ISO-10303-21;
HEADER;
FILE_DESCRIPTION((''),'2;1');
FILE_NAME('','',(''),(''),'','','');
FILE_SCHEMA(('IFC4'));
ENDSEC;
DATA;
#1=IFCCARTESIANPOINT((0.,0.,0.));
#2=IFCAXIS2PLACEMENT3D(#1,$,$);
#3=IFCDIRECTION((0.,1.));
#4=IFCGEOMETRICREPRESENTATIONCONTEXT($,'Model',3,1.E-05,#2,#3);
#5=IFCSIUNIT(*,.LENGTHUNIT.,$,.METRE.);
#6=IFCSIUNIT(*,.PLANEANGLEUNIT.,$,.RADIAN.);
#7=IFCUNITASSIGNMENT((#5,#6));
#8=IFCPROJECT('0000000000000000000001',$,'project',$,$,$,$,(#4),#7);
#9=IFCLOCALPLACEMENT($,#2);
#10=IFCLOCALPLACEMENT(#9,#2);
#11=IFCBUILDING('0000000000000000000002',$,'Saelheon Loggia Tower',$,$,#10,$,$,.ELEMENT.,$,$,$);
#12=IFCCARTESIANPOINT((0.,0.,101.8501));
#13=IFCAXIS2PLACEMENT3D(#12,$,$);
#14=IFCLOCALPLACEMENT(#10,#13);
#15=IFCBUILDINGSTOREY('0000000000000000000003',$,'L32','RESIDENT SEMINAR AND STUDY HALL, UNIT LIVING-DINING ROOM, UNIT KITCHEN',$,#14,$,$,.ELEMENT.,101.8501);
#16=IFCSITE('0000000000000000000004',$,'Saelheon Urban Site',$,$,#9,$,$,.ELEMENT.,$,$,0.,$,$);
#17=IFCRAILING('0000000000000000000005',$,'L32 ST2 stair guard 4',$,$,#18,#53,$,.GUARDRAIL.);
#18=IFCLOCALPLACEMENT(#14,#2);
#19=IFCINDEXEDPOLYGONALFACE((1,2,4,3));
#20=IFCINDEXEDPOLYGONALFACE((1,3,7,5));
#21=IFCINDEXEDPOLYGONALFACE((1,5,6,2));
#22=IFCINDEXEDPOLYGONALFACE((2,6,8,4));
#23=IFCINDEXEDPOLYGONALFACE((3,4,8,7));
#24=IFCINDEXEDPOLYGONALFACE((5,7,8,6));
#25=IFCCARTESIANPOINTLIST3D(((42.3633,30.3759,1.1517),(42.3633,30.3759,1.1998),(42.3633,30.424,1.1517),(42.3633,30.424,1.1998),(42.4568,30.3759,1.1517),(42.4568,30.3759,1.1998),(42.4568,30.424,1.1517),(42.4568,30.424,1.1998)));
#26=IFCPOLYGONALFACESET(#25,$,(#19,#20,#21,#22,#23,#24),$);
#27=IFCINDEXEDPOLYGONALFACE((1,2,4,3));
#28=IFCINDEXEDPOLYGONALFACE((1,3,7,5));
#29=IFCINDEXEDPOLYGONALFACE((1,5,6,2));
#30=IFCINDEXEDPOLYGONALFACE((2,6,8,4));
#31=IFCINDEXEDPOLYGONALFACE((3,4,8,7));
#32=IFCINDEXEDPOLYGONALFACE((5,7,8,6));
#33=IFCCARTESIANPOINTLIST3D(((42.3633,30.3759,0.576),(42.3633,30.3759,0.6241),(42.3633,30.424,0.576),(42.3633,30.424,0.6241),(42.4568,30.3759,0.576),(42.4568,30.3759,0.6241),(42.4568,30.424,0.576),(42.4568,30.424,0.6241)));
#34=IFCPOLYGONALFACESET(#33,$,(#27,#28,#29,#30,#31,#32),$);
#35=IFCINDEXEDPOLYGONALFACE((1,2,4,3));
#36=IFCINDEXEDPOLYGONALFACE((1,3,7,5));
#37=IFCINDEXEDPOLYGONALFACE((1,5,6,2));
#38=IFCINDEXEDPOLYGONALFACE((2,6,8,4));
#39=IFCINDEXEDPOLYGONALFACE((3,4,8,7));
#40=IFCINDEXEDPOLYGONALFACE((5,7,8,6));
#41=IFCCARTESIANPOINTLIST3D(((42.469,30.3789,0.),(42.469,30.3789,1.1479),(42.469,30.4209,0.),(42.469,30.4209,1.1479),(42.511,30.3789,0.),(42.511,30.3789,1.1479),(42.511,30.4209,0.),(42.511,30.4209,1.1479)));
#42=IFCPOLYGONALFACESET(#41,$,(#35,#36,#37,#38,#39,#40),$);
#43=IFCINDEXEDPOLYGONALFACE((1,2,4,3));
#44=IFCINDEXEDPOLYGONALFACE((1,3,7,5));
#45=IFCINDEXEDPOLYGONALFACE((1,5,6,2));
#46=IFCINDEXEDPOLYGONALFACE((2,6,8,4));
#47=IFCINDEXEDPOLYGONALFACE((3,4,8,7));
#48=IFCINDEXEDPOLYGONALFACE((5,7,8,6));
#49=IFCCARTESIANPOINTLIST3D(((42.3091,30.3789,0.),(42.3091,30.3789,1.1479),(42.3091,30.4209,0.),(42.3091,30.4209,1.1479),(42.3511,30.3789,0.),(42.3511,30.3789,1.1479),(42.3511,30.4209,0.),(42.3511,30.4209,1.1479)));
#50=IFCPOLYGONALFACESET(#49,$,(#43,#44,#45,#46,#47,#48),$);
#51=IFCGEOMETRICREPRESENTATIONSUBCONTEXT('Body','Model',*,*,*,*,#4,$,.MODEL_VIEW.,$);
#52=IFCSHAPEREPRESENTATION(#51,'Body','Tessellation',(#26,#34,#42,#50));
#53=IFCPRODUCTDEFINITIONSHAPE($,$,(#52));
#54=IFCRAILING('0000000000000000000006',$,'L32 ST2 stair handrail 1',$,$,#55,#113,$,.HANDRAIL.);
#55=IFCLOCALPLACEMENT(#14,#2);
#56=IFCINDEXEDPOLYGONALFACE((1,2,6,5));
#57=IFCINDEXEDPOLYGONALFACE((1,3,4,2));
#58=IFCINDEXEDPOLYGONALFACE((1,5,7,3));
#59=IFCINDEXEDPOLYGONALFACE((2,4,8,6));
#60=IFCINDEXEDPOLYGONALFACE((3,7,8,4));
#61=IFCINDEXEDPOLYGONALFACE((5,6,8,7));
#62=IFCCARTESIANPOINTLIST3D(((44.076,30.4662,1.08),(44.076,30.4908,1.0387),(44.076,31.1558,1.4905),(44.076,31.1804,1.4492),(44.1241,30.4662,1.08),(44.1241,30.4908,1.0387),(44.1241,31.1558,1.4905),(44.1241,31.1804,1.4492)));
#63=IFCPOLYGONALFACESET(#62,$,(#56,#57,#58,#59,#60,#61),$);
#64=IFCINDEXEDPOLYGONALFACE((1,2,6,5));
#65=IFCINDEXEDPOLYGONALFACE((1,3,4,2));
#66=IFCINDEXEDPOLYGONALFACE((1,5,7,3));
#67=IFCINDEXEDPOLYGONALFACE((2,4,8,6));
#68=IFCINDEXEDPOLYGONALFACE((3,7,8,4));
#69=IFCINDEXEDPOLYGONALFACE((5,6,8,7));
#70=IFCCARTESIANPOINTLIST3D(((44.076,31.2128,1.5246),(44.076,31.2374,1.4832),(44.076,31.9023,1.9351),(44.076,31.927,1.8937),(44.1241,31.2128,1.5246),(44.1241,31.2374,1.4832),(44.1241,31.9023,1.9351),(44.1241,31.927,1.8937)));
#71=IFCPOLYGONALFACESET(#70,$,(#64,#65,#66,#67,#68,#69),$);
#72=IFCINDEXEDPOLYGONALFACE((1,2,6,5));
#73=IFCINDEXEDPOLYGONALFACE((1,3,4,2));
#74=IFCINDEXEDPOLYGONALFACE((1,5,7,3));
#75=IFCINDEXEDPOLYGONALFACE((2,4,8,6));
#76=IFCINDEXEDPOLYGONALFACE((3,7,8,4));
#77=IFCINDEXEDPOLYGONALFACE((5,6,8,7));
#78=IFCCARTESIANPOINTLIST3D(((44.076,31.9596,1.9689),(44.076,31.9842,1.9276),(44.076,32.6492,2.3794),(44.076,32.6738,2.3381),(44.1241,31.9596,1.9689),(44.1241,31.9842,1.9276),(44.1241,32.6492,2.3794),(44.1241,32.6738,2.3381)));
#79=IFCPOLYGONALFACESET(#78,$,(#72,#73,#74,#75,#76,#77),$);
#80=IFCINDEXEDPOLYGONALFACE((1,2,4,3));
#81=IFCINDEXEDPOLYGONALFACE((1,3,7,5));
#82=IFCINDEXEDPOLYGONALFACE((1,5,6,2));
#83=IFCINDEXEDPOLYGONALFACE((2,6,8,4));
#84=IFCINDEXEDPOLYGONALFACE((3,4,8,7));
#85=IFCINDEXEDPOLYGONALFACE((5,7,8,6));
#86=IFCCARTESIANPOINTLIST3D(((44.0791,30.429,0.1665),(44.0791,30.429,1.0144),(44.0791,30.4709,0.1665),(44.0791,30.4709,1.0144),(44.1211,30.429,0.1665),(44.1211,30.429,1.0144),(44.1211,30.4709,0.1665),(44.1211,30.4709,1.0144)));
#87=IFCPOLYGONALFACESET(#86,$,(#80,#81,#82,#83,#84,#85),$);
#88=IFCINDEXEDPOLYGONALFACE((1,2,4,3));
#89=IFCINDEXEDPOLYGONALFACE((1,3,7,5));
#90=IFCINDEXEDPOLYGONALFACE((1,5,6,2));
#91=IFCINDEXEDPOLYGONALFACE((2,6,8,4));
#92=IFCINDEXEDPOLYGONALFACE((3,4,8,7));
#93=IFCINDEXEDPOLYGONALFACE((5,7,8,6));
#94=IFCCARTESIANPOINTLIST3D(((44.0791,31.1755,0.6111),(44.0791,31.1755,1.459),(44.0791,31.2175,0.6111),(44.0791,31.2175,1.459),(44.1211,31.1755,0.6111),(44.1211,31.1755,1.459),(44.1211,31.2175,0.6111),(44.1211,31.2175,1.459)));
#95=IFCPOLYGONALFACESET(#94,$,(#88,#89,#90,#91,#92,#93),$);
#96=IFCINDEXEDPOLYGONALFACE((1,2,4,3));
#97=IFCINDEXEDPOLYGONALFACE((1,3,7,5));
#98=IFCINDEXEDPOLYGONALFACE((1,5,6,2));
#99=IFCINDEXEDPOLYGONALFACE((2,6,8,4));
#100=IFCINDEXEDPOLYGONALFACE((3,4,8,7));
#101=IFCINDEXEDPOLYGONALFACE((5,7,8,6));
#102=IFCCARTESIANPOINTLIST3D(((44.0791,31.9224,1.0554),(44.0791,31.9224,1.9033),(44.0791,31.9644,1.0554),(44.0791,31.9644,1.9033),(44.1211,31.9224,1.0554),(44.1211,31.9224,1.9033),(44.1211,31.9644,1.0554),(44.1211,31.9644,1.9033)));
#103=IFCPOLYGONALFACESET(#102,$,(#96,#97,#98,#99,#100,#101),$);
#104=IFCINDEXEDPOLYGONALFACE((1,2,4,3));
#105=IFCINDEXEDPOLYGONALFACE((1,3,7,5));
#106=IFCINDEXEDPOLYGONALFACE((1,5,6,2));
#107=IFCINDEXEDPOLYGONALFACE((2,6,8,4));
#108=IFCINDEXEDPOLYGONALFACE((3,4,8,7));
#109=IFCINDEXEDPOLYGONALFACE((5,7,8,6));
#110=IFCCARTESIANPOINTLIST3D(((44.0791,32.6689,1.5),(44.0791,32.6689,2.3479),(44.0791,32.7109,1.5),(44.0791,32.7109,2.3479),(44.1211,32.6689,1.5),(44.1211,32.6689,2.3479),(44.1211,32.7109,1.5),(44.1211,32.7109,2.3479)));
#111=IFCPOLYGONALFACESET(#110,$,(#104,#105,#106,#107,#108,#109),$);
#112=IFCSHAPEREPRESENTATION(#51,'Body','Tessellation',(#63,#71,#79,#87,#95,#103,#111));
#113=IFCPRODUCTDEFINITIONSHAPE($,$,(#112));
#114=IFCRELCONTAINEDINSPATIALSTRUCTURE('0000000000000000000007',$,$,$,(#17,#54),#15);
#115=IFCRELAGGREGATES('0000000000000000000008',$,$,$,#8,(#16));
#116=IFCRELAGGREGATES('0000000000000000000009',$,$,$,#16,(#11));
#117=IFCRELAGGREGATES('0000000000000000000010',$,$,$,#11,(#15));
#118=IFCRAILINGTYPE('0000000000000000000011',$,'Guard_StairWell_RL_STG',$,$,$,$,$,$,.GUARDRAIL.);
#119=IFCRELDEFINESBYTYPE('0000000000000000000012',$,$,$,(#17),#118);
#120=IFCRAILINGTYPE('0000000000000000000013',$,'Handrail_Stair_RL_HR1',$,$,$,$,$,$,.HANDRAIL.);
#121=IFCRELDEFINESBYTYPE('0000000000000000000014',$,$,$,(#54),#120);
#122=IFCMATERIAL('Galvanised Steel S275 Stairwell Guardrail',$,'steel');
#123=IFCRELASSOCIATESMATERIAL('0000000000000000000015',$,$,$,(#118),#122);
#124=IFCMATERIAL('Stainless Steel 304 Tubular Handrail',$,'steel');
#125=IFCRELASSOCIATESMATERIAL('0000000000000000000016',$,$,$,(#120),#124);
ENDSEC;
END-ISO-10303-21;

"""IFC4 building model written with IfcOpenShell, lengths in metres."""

from ifc_helpers import new_model, si_unit, direction, frame, origin, origin_2d, place, context, subcontext, project, spatial, rectangle, extrude, material, type_object, element, save


model = new_model("IFC4")

# Units and contexts
model_context = context("Model", 3, precision=1e-05, world=origin(), true_north=direction((0.0, 1.0)))
body_context = subcontext(model_context, "Body", "Model", "MODEL_VIEW")
ifc_project = project(units=[si_unit("LENGTHUNIT", "METRE"), si_unit("PLANEANGLEUNIT", "RADIAN")], contexts=[model_context])

# Site, building, storey
site_placement = place(None, origin())
site = spatial("IfcSite", under=ifc_project, at=site_placement, Name="Saelheon Urban Site", CompositionType="ELEMENT", RefElevation=0.0)
building_placement = place(site_placement, origin())
building = spatial("IfcBuilding", under=site, at=building_placement, Name="Saelheon Loggia Tower", CompositionType="ELEMENT")
storey_placement = place(building_placement, frame((0.0, 0.0, 101.8501)))
storey = spatial("IfcBuildingStorey", under=building, at=storey_placement, Name="L32", Description="RESIDENT SEMINAR AND STUDY HALL, UNIT LIVING-DINING ROOM, UNIT KITCHEN", CompositionType="ELEMENT", Elevation=101.8501)

# Railings
ifc_material_1 = material(Name="Galvanised Steel S275 Stairwell Guardrail", Category="steel")
railing_type_1 = type_object("IfcRailingType", Name="Guard_StairWell_RL_STG", PredefinedType="GUARDRAIL", material=ifc_material_1)
railing_1_placement = place(storey_placement, frame((42.49, 30.3999, 0.0)))
element("IfcRailing", 1, at=railing_1_placement, inside=storey, type_object=railing_type_1, Name="L32 ST2 stair guard 4", PredefinedType="GUARDRAIL", context=body_context, shape_type="SweptSolid", body=[
    extrude(rectangle(XDim=0.0481, YDim=0.0481, at=origin_2d()), frame((-0.0332, 0.0, 1.1758), z_axis=(-1.0, 0.0, 0.0), x_axis=(0.0, -1.0, 0.0)), (0.0, 0.0, 1.0), 0.0935),
    extrude(rectangle(XDim=0.0481, YDim=0.0481, at=origin_2d()), frame((-0.0332, 0.0, 0.6001), z_axis=(-1.0, 0.0, 0.0), x_axis=(0.0, -1.0, 0.0)), (0.0, 0.0, 1.0), 0.0935),
    extrude(rectangle(XDim=0.042, YDim=0.042, at=origin_2d()), origin(), (0.0, 0.0, 1.0), 1.1479),
    extrude(rectangle(XDim=0.042, YDim=0.042, at=origin_2d()), frame((-0.1599, 0.0, 0.0)), (0.0, 0.0, 1.0), 1.1479),
])
ifc_material_2 = material(Name="Stainless Steel 304 Tubular Handrail", Category="steel")
railing_type_2 = type_object("IfcRailingType", Name="Handrail_Stair_RL_HR1", PredefinedType="HANDRAIL", material=ifc_material_2)
railing_2_placement = place(storey_placement, frame((44.1001, 30.45, 0.1665)))
element("IfcRailing", 2, at=railing_2_placement, inside=storey, type_object=railing_type_2, Name="L32 ST2 stair handrail 1", PredefinedType="HANDRAIL", context=body_context, shape_type="SweptSolid", body=[
    extrude(rectangle(XDim=0.0481, YDim=0.0481, at=origin_2d()), frame((0.0, 0.0286, 0.8928), z_axis=(0.0, 0.859264, 0.511532), x_axis=(-1.0, 0.0, 0.0)), (0.0, 0.0, 1.0), 0.8025),
    extrude(rectangle(XDim=0.0481, YDim=0.0481, at=origin_2d()), frame((0.0, 0.7751, 1.3374), z_axis=(0.0, 0.859264, 0.511532), x_axis=(-1.0, 0.0, 0.0)), (0.0, 0.0, 1.0), 0.8025),
    extrude(rectangle(XDim=0.0481, YDim=0.0481, at=origin_2d()), frame((0.0, 1.522, 1.7817), z_axis=(0.0, 0.859264, 0.511532), x_axis=(-1.0, 0.0, 0.0)), (0.0, 0.0, 1.0), 0.8025),
    extrude(rectangle(XDim=0.042, YDim=0.042, at=origin_2d()), origin(), (0.0, 0.0, 1.0), 0.8479),
    extrude(rectangle(XDim=0.042, YDim=0.042, at=origin_2d()), frame((0.0, 0.7466, 0.4446)), (0.0, 0.0, 1.0), 0.8479),
    extrude(rectangle(XDim=0.042, YDim=0.042, at=origin_2d()), frame((0.0, 1.4934, 0.8889)), (0.0, 0.0, 1.0), 0.8479),
    extrude(rectangle(XDim=0.042, YDim=0.042, at=origin_2d()), frame((0.0, 2.24, 1.3335)), (0.0, 0.0, 1.0), 0.8479),
])

save(model, "model.ifc")
